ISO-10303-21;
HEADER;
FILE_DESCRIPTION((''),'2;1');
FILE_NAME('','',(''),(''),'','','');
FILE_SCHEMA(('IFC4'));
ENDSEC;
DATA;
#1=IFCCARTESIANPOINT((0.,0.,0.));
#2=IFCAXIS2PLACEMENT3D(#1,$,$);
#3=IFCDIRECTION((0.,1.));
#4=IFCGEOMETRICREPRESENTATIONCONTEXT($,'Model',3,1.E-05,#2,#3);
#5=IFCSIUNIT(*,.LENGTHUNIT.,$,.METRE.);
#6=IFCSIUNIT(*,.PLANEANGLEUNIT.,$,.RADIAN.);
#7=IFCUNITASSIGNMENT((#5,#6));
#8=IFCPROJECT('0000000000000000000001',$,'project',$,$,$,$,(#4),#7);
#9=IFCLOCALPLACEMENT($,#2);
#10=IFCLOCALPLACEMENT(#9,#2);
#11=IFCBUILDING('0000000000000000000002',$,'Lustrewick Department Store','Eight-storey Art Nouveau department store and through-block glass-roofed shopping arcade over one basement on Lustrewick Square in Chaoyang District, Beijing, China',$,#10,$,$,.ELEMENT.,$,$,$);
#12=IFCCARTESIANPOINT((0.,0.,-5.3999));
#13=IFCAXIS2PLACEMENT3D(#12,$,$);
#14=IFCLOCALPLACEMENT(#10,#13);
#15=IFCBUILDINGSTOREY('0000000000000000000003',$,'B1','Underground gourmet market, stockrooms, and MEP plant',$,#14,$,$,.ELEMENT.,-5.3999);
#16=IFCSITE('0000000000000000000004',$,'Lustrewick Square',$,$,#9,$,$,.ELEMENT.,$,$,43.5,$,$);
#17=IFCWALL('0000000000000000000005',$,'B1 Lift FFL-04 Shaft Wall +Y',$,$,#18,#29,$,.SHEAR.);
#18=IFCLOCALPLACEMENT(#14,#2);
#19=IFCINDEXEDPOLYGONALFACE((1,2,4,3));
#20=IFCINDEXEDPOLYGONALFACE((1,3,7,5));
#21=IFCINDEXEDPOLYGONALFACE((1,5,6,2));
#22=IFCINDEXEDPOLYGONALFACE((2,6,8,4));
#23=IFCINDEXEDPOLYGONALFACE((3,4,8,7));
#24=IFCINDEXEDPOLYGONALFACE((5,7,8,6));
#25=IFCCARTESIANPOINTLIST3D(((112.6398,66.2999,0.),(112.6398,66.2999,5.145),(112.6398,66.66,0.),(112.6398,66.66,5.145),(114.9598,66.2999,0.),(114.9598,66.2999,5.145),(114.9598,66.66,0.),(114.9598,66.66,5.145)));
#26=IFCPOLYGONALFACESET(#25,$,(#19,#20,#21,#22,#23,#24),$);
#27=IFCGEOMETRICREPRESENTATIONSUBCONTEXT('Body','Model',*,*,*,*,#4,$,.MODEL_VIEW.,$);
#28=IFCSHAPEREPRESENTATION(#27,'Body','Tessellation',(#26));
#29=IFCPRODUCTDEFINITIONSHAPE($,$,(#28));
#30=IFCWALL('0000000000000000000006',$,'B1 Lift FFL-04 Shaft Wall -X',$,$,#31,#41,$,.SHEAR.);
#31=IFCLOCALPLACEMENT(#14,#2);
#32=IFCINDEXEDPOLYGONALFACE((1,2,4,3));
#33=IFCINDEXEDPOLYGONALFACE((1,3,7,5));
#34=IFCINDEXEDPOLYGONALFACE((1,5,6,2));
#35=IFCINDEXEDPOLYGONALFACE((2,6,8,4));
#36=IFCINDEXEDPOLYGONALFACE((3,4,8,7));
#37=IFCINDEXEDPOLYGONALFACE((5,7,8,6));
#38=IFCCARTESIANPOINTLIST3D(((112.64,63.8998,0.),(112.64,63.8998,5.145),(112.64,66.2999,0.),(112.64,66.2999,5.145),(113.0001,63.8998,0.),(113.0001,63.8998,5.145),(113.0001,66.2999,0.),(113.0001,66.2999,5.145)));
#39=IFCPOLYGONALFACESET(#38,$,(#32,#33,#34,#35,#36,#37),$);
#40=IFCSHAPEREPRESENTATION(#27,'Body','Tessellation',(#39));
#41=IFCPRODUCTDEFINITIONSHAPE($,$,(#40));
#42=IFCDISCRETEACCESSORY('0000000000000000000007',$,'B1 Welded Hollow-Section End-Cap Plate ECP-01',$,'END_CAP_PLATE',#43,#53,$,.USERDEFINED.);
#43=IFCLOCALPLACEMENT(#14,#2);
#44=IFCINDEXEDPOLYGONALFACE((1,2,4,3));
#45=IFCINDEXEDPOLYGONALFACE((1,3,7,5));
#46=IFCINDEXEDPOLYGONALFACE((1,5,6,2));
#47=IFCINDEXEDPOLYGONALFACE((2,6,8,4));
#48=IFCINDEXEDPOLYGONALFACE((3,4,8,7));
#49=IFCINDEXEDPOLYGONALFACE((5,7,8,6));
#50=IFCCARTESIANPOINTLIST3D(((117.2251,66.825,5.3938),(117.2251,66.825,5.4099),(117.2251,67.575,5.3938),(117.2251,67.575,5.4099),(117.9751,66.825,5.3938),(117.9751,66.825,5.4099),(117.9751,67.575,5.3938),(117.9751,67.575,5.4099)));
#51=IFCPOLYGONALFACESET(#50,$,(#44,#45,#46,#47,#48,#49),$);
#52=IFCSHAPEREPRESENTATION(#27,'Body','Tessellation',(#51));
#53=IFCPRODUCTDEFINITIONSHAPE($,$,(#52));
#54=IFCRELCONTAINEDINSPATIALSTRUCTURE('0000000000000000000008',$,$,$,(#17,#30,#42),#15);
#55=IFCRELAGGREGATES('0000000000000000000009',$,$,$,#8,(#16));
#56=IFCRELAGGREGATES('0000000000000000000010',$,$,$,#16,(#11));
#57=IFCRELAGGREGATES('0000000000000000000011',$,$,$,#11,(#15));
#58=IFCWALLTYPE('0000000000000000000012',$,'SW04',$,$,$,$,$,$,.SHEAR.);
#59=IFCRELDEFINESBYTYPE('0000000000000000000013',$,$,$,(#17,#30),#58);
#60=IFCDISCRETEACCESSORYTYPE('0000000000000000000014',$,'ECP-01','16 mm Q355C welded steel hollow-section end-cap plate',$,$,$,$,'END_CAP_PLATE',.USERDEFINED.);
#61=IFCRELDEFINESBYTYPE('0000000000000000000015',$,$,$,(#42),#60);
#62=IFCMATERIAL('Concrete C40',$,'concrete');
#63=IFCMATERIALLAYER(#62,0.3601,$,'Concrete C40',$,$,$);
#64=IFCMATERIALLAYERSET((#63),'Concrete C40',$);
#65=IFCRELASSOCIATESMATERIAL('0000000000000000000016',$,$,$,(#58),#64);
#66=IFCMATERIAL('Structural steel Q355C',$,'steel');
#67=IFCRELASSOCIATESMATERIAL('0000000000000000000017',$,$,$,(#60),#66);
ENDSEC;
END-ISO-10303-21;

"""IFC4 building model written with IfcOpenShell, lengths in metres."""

from ifc_helpers import new_model, si_unit, direction, frame, frame_2d, origin, origin_2d, place, context, subcontext, project, spatial, rectangle, extrude, material, layer, layer_set, type_object, element, save


model = new_model("IFC4")

# Units and contexts
model_context = context("Model", 3, precision=1e-05, world=origin(), true_north=direction((0.0, 1.0)))
body_context = subcontext(model_context, "Body", "Model", "MODEL_VIEW")
ifc_project = project(units=[si_unit("LENGTHUNIT", "METRE"), si_unit("PLANEANGLEUNIT", "RADIAN")], contexts=[model_context])

# Site, building, storey
site_placement = place(None, origin())
site = spatial("IfcSite", under=ifc_project, at=site_placement, Name="Lustrewick Square", CompositionType="ELEMENT", RefElevation=43.5)
building_placement = place(site_placement, origin())
building = spatial("IfcBuilding", under=site, at=building_placement, Name="Lustrewick Department Store", Description="Eight-storey Art Nouveau department store and through-block glass-roofed shopping arcade over one basement on Lustrewick Square in Chaoyang District, Beijing, China", CompositionType="ELEMENT")
storey_placement = place(building_placement, frame((0.0, 0.0, -5.3999)))
storey = spatial("IfcBuildingStorey", under=building, at=storey_placement, Name="B1", Description="Underground gourmet market, stockrooms, and MEP plant", CompositionType="ELEMENT", Elevation=-5.3999)

# Shared definitions
ifc_material_1 = material(Name="Concrete C40", Category="concrete")

# Shared definitions
ifc_material_2 = material(Name="Structural steel Q355C", Category="steel")

# Shared definitions
ifc_layer_1 = layer(ifc_material_1, 0.3601, Name="Concrete C40")
ifc_layer_set_1 = layer_set([ifc_layer_1], Name="Concrete C40")
wall_type_1 = type_object("IfcWallType", Name="SW04", PredefinedType="SHEAR", material=ifc_layer_set_1)

# Walls
wall_1_placement = place(storey_placement, frame((114.96, 66.48, 0.0), z_axis=(0.0, 0.0, 1.0), x_axis=(-1.0, 0.0, 0.0)))
element("IfcWall", 1, at=wall_1_placement, inside=storey, type_object=wall_type_1, Name="B1 Lift FFL-04 Shaft Wall +Y", PredefinedType="SHEAR", context=body_context, shape_type="SweptSolid", body=[
    extrude(rectangle(XDim=2.3201, YDim=0.3601, at=frame_2d((1.1602, 0.0))), origin(), (0.0, 0.0, 1.0), 5.145),
])
wall_2_placement = place(storey_placement, frame((112.8201, 66.3, 0.0), z_axis=(0.0, 0.0, 1.0), x_axis=(0.0, -1.0, 0.0)))
element("IfcWall", 2, at=wall_2_placement, inside=storey, type_object=wall_type_1, Name="B1 Lift FFL-04 Shaft Wall -X", PredefinedType="SHEAR", context=body_context, shape_type="SweptSolid", body=[
    extrude(rectangle(XDim=2.4001, YDim=0.3601, at=frame_2d((1.2002, 0.0))), origin(), (0.0, 0.0, 1.0), 5.145),
])

# Discrete accessory
discrete_accessory_type = type_object("IfcDiscreteAccessoryType", Name="ECP-01", Description="16 mm Q355C welded steel hollow-section end-cap plate", ElementType="END_CAP_PLATE", PredefinedType="USERDEFINED", material=ifc_material_2)
discrete_accessory_placement = place(storey_placement, frame((117.6001, 67.2, 5.3938), z_axis=(0.0, 0.0, 1.0), x_axis=(1.0, 0.0, 0.0)))
element("IfcDiscreteAccessory", 3, at=discrete_accessory_placement, inside=storey, type_object=discrete_accessory_type, Name="B1 Welded Hollow-Section End-Cap Plate ECP-01", ObjectType="END_CAP_PLATE", PredefinedType="USERDEFINED", context=body_context, shape_type="SweptSolid", body=[
    extrude(rectangle(XDim=0.75, YDim=0.75, at=origin_2d()), origin(), (0.0, 0.0, 1.0), 0.0161),
])

save(model, "model.ifc")
